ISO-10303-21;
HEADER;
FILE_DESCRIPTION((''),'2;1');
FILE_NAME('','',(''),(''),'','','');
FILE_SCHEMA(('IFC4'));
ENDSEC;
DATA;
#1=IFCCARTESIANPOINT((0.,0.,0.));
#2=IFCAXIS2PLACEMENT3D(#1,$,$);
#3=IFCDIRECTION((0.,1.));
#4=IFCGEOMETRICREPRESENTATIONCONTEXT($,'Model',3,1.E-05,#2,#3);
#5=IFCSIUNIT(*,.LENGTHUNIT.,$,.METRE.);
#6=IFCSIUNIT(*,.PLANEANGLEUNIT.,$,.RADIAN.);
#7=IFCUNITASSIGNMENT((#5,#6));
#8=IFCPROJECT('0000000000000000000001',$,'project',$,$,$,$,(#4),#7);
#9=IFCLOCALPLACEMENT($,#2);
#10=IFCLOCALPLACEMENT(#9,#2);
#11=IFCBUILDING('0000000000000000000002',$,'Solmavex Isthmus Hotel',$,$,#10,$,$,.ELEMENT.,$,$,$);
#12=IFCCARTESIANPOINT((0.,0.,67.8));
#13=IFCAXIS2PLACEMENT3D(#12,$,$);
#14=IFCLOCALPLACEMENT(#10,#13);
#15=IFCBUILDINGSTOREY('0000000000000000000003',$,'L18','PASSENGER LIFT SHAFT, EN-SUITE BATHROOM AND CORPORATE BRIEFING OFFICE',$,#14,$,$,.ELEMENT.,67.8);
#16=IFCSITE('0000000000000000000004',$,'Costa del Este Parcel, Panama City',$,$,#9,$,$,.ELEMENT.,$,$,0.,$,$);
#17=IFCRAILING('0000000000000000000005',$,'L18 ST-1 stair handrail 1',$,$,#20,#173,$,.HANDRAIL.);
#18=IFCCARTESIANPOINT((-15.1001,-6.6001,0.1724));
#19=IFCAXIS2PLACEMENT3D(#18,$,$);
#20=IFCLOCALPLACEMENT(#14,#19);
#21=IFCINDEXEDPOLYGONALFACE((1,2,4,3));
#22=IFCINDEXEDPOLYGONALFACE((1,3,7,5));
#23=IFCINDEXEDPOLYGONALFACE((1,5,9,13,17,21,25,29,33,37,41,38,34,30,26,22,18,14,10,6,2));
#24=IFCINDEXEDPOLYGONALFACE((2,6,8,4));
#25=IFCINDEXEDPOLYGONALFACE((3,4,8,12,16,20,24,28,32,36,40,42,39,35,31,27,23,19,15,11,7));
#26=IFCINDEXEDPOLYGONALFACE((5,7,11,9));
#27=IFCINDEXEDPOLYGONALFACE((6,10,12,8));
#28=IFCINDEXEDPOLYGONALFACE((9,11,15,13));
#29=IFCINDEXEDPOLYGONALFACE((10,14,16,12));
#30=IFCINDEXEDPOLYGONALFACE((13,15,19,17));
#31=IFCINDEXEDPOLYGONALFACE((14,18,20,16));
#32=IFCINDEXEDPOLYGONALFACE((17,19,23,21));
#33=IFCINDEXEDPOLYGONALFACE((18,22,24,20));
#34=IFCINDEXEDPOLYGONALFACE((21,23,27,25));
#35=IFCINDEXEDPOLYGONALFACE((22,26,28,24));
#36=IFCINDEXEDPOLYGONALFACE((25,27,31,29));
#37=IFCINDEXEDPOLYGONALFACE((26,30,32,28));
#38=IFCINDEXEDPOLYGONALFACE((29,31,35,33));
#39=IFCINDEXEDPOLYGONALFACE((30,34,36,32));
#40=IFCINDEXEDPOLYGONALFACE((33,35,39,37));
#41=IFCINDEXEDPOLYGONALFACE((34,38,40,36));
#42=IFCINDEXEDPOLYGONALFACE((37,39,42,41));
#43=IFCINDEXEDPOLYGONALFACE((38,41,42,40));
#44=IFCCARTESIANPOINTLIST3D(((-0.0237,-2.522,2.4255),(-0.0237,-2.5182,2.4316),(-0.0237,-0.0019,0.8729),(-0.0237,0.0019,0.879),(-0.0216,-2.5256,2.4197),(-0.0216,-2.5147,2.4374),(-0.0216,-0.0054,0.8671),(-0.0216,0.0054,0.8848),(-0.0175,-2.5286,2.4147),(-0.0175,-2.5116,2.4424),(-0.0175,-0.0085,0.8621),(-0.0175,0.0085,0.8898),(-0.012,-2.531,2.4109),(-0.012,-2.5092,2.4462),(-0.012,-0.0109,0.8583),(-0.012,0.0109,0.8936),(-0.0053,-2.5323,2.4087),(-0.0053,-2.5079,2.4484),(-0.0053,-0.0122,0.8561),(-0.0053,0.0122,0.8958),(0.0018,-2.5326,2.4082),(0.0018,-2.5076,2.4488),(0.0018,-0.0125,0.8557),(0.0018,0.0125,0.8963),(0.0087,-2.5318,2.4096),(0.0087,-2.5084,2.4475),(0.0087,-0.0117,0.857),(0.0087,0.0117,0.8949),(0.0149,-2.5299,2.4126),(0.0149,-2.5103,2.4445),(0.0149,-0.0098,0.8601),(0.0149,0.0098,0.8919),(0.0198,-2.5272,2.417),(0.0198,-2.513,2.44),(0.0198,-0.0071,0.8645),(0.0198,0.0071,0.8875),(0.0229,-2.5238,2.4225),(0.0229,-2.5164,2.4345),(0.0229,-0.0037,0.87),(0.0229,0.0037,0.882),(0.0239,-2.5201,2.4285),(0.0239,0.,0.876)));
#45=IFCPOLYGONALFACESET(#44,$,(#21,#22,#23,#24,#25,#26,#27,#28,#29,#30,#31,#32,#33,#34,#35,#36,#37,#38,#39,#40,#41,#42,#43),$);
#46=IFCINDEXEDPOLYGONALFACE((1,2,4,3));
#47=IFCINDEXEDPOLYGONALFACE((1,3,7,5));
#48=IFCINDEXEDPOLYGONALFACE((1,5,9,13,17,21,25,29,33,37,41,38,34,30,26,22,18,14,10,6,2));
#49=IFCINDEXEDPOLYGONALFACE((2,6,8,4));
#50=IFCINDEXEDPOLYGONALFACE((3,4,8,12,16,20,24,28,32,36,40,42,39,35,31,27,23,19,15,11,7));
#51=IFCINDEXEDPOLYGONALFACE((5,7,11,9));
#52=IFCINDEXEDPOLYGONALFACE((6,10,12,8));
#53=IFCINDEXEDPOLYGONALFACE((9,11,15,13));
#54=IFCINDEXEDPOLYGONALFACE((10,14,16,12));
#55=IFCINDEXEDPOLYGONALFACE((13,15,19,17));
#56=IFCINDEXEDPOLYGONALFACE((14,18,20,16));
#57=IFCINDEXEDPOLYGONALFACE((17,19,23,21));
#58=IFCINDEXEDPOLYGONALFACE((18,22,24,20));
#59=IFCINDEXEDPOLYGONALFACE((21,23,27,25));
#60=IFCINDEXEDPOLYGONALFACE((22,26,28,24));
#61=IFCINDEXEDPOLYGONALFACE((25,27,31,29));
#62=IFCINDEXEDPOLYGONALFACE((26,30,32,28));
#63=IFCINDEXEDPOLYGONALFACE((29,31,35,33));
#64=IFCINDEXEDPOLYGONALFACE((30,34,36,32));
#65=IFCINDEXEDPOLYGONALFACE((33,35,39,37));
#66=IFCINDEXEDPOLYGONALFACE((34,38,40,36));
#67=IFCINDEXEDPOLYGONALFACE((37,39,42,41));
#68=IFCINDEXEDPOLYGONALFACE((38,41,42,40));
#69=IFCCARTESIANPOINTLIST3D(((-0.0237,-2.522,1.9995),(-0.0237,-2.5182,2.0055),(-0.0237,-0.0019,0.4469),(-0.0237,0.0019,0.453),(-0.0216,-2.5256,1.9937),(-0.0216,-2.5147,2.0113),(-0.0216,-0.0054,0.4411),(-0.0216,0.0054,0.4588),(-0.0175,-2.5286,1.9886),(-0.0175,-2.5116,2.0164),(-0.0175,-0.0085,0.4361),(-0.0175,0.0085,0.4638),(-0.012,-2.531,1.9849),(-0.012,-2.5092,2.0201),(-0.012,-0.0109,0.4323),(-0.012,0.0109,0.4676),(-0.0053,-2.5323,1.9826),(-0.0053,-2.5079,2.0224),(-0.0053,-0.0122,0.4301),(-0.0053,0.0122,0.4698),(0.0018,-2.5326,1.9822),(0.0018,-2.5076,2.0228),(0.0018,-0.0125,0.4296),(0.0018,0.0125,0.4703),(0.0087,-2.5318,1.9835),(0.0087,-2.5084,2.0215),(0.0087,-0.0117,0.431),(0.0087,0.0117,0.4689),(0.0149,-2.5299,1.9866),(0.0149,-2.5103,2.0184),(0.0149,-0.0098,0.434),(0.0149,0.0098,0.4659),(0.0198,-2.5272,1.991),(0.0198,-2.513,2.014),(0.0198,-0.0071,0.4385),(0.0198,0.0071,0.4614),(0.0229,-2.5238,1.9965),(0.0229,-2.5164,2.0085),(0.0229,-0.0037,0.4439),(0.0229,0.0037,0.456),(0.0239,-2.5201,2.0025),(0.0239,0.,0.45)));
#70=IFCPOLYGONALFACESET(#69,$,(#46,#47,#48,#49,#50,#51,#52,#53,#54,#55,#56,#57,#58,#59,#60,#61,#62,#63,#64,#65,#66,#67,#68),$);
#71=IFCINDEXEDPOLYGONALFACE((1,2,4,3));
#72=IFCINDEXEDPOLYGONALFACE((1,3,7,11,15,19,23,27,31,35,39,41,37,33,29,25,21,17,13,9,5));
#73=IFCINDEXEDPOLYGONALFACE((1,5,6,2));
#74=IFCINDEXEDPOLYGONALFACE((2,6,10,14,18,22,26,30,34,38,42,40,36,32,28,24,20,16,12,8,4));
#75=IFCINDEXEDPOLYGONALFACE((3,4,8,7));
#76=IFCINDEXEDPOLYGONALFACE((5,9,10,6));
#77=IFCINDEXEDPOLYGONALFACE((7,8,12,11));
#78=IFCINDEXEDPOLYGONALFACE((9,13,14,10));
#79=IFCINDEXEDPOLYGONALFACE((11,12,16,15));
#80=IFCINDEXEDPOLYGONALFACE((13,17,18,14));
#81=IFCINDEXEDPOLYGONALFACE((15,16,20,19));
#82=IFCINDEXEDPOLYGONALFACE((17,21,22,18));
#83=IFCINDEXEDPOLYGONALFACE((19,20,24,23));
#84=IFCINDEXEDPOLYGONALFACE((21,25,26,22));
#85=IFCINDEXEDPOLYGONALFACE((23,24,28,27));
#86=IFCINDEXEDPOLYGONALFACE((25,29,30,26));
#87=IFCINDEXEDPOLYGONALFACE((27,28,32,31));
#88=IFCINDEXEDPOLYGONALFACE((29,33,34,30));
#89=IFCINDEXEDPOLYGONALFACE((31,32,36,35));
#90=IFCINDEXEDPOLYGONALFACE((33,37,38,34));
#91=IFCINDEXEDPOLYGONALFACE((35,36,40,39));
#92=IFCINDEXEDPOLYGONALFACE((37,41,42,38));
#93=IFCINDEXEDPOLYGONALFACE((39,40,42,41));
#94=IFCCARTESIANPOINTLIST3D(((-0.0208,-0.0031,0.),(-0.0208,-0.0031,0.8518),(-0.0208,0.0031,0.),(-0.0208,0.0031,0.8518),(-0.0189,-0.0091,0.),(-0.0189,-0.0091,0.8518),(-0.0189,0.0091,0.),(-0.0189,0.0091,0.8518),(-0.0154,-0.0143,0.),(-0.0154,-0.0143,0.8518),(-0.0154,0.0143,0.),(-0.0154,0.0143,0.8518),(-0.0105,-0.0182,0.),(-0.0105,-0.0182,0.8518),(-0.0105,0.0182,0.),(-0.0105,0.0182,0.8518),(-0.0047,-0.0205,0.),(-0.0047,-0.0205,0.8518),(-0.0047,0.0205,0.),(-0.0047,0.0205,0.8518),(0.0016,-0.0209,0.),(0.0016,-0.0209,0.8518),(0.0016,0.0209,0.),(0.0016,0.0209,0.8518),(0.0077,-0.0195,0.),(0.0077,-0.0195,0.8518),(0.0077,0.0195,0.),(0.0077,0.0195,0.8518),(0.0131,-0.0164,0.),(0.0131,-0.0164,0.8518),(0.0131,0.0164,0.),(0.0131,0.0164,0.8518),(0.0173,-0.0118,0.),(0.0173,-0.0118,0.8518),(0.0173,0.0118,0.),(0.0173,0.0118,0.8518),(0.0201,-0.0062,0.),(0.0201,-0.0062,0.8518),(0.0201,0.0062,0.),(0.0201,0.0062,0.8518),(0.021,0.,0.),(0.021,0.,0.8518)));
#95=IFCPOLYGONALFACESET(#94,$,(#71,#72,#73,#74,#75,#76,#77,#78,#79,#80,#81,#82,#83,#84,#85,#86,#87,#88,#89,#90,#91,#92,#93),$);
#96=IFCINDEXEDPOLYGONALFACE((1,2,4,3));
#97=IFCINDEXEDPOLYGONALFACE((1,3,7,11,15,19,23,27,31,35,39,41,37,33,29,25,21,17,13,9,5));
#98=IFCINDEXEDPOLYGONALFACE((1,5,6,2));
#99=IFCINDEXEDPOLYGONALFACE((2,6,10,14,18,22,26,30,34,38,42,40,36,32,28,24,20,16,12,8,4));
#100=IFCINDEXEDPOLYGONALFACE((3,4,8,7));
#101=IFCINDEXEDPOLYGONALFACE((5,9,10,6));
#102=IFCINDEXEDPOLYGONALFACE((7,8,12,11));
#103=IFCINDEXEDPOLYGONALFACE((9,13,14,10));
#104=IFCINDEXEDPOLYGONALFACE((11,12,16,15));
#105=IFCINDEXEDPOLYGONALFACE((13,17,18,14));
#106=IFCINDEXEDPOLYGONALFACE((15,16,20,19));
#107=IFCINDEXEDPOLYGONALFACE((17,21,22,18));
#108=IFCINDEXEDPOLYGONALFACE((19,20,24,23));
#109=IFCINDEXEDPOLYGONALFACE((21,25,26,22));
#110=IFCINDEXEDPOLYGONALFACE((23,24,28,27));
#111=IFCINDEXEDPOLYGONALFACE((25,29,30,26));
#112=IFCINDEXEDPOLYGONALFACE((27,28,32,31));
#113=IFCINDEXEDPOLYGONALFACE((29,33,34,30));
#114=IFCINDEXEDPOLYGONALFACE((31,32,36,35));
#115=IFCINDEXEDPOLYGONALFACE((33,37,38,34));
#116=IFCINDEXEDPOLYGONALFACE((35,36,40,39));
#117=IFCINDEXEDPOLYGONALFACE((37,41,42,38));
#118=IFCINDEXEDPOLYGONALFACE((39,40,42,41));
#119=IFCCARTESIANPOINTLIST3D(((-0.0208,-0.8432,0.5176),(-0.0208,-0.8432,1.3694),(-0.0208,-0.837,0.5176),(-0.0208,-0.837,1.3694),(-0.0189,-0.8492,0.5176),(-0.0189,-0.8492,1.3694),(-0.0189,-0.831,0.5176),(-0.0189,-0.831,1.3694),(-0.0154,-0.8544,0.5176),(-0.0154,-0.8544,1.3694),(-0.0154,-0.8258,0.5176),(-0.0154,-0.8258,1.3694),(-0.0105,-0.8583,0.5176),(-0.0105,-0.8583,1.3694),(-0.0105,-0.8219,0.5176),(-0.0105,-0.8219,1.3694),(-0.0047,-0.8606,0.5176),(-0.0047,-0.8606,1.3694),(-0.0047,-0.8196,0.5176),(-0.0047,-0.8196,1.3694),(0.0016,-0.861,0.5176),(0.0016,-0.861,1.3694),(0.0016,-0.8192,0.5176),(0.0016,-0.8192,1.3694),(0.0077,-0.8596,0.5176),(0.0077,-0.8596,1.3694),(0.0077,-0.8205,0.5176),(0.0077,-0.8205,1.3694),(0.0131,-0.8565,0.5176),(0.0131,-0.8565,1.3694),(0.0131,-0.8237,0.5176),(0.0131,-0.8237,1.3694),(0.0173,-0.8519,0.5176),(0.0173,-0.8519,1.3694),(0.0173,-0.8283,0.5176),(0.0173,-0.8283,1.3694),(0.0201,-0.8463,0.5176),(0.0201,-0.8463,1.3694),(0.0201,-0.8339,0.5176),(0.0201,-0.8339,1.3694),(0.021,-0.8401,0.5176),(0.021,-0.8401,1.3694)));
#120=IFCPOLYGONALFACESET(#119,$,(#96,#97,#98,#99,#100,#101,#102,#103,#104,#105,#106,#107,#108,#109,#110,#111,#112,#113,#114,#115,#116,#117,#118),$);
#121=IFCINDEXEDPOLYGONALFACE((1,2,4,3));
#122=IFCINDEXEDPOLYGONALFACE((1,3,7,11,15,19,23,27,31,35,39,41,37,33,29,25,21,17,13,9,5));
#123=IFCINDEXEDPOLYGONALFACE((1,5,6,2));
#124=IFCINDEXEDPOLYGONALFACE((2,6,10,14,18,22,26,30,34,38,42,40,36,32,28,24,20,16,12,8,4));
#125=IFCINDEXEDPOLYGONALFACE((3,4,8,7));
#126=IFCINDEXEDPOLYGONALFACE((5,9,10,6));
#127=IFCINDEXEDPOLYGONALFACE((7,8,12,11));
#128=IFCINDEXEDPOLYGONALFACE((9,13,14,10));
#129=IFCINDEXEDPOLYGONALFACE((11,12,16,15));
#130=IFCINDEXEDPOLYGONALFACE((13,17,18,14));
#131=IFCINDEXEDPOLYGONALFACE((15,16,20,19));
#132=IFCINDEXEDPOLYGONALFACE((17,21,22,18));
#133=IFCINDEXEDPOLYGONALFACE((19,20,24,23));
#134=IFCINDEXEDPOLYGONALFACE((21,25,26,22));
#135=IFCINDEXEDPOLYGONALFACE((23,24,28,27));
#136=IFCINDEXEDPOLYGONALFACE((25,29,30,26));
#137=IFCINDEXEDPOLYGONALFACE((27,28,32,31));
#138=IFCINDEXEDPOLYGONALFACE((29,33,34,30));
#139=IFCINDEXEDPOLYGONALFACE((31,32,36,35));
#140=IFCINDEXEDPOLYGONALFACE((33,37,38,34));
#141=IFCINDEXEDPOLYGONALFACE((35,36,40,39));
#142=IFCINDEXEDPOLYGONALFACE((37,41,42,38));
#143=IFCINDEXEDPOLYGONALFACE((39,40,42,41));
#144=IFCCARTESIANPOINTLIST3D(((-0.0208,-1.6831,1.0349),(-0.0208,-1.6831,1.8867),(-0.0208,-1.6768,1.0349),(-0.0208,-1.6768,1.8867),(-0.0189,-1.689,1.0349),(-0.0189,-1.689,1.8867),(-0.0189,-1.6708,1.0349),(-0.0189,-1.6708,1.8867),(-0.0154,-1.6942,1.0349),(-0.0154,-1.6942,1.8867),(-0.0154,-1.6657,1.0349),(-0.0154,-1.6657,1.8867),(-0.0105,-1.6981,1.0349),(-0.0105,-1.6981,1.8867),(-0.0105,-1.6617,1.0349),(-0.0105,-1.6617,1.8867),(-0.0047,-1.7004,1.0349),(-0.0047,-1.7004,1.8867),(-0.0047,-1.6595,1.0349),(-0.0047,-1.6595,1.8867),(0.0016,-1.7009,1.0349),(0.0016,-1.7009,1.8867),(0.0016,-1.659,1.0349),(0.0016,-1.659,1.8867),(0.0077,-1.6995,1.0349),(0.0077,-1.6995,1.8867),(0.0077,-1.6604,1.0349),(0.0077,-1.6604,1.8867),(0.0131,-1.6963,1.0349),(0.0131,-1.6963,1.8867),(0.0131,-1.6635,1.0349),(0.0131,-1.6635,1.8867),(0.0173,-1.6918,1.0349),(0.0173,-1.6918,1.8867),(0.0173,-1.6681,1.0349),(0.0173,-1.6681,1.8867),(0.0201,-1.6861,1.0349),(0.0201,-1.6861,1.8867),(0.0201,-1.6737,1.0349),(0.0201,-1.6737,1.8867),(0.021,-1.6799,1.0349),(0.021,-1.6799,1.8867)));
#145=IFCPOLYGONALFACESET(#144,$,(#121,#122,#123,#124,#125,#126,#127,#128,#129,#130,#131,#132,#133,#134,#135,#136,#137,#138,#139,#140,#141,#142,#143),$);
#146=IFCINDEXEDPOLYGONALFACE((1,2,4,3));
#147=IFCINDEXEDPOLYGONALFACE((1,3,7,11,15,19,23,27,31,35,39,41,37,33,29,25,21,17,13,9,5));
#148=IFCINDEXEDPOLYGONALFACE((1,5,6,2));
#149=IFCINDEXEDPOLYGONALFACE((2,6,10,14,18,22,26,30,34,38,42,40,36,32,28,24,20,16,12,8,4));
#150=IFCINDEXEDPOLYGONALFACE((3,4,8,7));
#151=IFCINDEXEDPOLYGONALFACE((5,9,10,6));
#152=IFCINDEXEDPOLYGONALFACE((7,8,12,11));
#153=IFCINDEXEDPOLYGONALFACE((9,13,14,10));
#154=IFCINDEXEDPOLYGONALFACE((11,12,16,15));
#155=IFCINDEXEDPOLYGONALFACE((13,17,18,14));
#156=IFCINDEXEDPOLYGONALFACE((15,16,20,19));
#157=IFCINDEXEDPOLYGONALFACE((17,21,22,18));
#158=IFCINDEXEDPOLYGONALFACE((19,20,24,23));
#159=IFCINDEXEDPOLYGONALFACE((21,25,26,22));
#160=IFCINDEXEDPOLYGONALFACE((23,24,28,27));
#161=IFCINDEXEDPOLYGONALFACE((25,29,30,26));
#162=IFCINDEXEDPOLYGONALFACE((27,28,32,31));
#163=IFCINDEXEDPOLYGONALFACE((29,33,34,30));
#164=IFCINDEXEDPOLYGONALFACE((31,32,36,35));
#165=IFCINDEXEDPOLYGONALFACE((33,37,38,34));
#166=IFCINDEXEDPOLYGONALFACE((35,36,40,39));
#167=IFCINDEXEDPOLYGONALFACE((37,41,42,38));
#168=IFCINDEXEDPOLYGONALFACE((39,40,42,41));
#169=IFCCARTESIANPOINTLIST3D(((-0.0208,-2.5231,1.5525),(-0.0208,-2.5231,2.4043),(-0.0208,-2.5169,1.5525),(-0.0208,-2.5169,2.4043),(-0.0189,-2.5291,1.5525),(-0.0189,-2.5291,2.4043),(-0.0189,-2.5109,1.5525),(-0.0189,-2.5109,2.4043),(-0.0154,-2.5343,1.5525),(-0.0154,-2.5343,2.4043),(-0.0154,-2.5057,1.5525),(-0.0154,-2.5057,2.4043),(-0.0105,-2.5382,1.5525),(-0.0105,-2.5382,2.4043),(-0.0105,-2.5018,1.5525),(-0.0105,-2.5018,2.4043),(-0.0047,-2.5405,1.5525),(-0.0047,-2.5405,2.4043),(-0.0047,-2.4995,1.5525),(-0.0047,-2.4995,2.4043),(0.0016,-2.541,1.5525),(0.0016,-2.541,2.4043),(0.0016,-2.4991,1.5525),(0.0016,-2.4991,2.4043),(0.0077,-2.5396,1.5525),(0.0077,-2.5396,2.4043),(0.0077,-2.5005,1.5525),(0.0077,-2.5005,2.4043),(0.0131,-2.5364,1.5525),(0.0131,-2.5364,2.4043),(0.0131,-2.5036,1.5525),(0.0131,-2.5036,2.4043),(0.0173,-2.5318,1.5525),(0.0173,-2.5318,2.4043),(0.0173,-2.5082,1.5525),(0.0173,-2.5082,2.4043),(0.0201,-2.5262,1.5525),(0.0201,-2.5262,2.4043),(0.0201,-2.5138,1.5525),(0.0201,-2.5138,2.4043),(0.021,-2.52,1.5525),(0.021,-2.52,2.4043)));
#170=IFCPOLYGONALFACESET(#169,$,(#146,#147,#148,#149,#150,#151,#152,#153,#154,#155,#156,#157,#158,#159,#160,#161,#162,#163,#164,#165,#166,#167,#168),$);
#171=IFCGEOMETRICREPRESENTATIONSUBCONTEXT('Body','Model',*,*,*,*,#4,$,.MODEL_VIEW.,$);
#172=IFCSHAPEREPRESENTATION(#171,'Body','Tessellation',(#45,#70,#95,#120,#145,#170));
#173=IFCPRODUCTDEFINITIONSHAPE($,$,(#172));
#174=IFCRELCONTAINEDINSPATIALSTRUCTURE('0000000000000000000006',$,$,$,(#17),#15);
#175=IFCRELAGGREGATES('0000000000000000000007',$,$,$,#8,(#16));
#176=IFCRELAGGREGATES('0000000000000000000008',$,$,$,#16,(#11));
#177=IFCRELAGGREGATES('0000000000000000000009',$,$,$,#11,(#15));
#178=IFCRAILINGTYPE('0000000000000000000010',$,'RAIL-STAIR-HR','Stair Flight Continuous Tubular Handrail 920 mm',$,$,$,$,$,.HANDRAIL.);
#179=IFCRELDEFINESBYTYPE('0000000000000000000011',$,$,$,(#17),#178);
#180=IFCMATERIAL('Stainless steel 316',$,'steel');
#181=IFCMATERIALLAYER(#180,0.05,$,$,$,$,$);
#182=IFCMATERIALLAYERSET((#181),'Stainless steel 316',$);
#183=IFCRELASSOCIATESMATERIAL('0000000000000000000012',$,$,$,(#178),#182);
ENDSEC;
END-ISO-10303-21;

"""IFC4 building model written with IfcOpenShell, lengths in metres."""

from ifc_helpers import new_model, si_unit, direction, frame, origin, origin_2d, place, context, subcontext, project, spatial, circle, extrude, material, layer, layer_set, type_object, element, save


model = new_model("IFC4")

# Units and contexts
model_context = context("Model", 3, precision=1e-05, world=origin(), true_north=direction((0.0, 1.0)))
body_context = subcontext(model_context, "Body", "Model", "MODEL_VIEW")
ifc_project = project(units=[si_unit("LENGTHUNIT", "METRE"), si_unit("PLANEANGLEUNIT", "RADIAN")], contexts=[model_context])

# Site, building, storey
site_placement = place(None, origin())
site = spatial("IfcSite", under=ifc_project, at=site_placement, Name="Costa del Este Parcel, Panama City", CompositionType="ELEMENT", RefElevation=0.0)
building_placement = place(site_placement, origin())
building = spatial("IfcBuilding", under=site, at=building_placement, Name="Solmavex Isthmus Hotel", CompositionType="ELEMENT")
storey_placement = place(building_placement, frame((0.0, 0.0, 67.8)))
storey = spatial("IfcBuildingStorey", under=building, at=storey_placement, Name="L18", Description="PASSENGER LIFT SHAFT, EN-SUITE BATHROOM AND CORPORATE BRIEFING OFFICE", CompositionType="ELEMENT", Elevation=67.8)

# Railing
ifc_material_1 = material(Name="Stainless steel 316", Category="steel")
ifc_layer_1 = layer(ifc_material_1, 0.05)
ifc_layer_set_1 = layer_set([ifc_layer_1], Name="Stainless steel 316")
railing_type = type_object("IfcRailingType", Name="RAIL-STAIR-HR", Description="Stair Flight Continuous Tubular Handrail 920 mm", PredefinedType="HANDRAIL", material=ifc_layer_set_1)
railing_placement = place(storey_placement, frame((-15.1001, -6.6001, 0.1724)))
element("IfcRailing", 1, at=railing_placement, inside=storey, type_object=railing_type, Name="L18 ST-1 stair handrail 1", PredefinedType="HANDRAIL", context=body_context, shape_type="SweptSolid", body=[
    extrude(circle(Radius=0.0239, at=origin_2d()), frame((0.0, 0.0, 0.876), z_axis=(0.0, -0.8514, 0.524516), x_axis=(1.0, 0.0, 0.0)), (0.0, 0.0, 1.0), 2.96),
    extrude(circle(Radius=0.0239, at=origin_2d()), frame((0.0, 0.0, 0.45), z_axis=(0.0, -0.8514, 0.524516), x_axis=(1.0, 0.0, 0.0)), (0.0, 0.0, 1.0), 2.96),
    extrude(circle(Radius=0.021, at=origin_2d()), origin(), (0.0, 0.0, 1.0), 0.8518),
    extrude(circle(Radius=0.021, at=origin_2d()), frame((0.0, -0.8401, 0.5176)), (0.0, 0.0, 1.0), 0.8518),
    extrude(circle(Radius=0.021, at=origin_2d()), frame((0.0, -1.6799, 1.0349)), (0.0, 0.0, 1.0), 0.8518),
    extrude(circle(Radius=0.021, at=origin_2d()), frame((0.0, -2.52, 1.5525)), (0.0, 0.0, 1.0), 0.8518),
])

save(model, "model.ifc")
